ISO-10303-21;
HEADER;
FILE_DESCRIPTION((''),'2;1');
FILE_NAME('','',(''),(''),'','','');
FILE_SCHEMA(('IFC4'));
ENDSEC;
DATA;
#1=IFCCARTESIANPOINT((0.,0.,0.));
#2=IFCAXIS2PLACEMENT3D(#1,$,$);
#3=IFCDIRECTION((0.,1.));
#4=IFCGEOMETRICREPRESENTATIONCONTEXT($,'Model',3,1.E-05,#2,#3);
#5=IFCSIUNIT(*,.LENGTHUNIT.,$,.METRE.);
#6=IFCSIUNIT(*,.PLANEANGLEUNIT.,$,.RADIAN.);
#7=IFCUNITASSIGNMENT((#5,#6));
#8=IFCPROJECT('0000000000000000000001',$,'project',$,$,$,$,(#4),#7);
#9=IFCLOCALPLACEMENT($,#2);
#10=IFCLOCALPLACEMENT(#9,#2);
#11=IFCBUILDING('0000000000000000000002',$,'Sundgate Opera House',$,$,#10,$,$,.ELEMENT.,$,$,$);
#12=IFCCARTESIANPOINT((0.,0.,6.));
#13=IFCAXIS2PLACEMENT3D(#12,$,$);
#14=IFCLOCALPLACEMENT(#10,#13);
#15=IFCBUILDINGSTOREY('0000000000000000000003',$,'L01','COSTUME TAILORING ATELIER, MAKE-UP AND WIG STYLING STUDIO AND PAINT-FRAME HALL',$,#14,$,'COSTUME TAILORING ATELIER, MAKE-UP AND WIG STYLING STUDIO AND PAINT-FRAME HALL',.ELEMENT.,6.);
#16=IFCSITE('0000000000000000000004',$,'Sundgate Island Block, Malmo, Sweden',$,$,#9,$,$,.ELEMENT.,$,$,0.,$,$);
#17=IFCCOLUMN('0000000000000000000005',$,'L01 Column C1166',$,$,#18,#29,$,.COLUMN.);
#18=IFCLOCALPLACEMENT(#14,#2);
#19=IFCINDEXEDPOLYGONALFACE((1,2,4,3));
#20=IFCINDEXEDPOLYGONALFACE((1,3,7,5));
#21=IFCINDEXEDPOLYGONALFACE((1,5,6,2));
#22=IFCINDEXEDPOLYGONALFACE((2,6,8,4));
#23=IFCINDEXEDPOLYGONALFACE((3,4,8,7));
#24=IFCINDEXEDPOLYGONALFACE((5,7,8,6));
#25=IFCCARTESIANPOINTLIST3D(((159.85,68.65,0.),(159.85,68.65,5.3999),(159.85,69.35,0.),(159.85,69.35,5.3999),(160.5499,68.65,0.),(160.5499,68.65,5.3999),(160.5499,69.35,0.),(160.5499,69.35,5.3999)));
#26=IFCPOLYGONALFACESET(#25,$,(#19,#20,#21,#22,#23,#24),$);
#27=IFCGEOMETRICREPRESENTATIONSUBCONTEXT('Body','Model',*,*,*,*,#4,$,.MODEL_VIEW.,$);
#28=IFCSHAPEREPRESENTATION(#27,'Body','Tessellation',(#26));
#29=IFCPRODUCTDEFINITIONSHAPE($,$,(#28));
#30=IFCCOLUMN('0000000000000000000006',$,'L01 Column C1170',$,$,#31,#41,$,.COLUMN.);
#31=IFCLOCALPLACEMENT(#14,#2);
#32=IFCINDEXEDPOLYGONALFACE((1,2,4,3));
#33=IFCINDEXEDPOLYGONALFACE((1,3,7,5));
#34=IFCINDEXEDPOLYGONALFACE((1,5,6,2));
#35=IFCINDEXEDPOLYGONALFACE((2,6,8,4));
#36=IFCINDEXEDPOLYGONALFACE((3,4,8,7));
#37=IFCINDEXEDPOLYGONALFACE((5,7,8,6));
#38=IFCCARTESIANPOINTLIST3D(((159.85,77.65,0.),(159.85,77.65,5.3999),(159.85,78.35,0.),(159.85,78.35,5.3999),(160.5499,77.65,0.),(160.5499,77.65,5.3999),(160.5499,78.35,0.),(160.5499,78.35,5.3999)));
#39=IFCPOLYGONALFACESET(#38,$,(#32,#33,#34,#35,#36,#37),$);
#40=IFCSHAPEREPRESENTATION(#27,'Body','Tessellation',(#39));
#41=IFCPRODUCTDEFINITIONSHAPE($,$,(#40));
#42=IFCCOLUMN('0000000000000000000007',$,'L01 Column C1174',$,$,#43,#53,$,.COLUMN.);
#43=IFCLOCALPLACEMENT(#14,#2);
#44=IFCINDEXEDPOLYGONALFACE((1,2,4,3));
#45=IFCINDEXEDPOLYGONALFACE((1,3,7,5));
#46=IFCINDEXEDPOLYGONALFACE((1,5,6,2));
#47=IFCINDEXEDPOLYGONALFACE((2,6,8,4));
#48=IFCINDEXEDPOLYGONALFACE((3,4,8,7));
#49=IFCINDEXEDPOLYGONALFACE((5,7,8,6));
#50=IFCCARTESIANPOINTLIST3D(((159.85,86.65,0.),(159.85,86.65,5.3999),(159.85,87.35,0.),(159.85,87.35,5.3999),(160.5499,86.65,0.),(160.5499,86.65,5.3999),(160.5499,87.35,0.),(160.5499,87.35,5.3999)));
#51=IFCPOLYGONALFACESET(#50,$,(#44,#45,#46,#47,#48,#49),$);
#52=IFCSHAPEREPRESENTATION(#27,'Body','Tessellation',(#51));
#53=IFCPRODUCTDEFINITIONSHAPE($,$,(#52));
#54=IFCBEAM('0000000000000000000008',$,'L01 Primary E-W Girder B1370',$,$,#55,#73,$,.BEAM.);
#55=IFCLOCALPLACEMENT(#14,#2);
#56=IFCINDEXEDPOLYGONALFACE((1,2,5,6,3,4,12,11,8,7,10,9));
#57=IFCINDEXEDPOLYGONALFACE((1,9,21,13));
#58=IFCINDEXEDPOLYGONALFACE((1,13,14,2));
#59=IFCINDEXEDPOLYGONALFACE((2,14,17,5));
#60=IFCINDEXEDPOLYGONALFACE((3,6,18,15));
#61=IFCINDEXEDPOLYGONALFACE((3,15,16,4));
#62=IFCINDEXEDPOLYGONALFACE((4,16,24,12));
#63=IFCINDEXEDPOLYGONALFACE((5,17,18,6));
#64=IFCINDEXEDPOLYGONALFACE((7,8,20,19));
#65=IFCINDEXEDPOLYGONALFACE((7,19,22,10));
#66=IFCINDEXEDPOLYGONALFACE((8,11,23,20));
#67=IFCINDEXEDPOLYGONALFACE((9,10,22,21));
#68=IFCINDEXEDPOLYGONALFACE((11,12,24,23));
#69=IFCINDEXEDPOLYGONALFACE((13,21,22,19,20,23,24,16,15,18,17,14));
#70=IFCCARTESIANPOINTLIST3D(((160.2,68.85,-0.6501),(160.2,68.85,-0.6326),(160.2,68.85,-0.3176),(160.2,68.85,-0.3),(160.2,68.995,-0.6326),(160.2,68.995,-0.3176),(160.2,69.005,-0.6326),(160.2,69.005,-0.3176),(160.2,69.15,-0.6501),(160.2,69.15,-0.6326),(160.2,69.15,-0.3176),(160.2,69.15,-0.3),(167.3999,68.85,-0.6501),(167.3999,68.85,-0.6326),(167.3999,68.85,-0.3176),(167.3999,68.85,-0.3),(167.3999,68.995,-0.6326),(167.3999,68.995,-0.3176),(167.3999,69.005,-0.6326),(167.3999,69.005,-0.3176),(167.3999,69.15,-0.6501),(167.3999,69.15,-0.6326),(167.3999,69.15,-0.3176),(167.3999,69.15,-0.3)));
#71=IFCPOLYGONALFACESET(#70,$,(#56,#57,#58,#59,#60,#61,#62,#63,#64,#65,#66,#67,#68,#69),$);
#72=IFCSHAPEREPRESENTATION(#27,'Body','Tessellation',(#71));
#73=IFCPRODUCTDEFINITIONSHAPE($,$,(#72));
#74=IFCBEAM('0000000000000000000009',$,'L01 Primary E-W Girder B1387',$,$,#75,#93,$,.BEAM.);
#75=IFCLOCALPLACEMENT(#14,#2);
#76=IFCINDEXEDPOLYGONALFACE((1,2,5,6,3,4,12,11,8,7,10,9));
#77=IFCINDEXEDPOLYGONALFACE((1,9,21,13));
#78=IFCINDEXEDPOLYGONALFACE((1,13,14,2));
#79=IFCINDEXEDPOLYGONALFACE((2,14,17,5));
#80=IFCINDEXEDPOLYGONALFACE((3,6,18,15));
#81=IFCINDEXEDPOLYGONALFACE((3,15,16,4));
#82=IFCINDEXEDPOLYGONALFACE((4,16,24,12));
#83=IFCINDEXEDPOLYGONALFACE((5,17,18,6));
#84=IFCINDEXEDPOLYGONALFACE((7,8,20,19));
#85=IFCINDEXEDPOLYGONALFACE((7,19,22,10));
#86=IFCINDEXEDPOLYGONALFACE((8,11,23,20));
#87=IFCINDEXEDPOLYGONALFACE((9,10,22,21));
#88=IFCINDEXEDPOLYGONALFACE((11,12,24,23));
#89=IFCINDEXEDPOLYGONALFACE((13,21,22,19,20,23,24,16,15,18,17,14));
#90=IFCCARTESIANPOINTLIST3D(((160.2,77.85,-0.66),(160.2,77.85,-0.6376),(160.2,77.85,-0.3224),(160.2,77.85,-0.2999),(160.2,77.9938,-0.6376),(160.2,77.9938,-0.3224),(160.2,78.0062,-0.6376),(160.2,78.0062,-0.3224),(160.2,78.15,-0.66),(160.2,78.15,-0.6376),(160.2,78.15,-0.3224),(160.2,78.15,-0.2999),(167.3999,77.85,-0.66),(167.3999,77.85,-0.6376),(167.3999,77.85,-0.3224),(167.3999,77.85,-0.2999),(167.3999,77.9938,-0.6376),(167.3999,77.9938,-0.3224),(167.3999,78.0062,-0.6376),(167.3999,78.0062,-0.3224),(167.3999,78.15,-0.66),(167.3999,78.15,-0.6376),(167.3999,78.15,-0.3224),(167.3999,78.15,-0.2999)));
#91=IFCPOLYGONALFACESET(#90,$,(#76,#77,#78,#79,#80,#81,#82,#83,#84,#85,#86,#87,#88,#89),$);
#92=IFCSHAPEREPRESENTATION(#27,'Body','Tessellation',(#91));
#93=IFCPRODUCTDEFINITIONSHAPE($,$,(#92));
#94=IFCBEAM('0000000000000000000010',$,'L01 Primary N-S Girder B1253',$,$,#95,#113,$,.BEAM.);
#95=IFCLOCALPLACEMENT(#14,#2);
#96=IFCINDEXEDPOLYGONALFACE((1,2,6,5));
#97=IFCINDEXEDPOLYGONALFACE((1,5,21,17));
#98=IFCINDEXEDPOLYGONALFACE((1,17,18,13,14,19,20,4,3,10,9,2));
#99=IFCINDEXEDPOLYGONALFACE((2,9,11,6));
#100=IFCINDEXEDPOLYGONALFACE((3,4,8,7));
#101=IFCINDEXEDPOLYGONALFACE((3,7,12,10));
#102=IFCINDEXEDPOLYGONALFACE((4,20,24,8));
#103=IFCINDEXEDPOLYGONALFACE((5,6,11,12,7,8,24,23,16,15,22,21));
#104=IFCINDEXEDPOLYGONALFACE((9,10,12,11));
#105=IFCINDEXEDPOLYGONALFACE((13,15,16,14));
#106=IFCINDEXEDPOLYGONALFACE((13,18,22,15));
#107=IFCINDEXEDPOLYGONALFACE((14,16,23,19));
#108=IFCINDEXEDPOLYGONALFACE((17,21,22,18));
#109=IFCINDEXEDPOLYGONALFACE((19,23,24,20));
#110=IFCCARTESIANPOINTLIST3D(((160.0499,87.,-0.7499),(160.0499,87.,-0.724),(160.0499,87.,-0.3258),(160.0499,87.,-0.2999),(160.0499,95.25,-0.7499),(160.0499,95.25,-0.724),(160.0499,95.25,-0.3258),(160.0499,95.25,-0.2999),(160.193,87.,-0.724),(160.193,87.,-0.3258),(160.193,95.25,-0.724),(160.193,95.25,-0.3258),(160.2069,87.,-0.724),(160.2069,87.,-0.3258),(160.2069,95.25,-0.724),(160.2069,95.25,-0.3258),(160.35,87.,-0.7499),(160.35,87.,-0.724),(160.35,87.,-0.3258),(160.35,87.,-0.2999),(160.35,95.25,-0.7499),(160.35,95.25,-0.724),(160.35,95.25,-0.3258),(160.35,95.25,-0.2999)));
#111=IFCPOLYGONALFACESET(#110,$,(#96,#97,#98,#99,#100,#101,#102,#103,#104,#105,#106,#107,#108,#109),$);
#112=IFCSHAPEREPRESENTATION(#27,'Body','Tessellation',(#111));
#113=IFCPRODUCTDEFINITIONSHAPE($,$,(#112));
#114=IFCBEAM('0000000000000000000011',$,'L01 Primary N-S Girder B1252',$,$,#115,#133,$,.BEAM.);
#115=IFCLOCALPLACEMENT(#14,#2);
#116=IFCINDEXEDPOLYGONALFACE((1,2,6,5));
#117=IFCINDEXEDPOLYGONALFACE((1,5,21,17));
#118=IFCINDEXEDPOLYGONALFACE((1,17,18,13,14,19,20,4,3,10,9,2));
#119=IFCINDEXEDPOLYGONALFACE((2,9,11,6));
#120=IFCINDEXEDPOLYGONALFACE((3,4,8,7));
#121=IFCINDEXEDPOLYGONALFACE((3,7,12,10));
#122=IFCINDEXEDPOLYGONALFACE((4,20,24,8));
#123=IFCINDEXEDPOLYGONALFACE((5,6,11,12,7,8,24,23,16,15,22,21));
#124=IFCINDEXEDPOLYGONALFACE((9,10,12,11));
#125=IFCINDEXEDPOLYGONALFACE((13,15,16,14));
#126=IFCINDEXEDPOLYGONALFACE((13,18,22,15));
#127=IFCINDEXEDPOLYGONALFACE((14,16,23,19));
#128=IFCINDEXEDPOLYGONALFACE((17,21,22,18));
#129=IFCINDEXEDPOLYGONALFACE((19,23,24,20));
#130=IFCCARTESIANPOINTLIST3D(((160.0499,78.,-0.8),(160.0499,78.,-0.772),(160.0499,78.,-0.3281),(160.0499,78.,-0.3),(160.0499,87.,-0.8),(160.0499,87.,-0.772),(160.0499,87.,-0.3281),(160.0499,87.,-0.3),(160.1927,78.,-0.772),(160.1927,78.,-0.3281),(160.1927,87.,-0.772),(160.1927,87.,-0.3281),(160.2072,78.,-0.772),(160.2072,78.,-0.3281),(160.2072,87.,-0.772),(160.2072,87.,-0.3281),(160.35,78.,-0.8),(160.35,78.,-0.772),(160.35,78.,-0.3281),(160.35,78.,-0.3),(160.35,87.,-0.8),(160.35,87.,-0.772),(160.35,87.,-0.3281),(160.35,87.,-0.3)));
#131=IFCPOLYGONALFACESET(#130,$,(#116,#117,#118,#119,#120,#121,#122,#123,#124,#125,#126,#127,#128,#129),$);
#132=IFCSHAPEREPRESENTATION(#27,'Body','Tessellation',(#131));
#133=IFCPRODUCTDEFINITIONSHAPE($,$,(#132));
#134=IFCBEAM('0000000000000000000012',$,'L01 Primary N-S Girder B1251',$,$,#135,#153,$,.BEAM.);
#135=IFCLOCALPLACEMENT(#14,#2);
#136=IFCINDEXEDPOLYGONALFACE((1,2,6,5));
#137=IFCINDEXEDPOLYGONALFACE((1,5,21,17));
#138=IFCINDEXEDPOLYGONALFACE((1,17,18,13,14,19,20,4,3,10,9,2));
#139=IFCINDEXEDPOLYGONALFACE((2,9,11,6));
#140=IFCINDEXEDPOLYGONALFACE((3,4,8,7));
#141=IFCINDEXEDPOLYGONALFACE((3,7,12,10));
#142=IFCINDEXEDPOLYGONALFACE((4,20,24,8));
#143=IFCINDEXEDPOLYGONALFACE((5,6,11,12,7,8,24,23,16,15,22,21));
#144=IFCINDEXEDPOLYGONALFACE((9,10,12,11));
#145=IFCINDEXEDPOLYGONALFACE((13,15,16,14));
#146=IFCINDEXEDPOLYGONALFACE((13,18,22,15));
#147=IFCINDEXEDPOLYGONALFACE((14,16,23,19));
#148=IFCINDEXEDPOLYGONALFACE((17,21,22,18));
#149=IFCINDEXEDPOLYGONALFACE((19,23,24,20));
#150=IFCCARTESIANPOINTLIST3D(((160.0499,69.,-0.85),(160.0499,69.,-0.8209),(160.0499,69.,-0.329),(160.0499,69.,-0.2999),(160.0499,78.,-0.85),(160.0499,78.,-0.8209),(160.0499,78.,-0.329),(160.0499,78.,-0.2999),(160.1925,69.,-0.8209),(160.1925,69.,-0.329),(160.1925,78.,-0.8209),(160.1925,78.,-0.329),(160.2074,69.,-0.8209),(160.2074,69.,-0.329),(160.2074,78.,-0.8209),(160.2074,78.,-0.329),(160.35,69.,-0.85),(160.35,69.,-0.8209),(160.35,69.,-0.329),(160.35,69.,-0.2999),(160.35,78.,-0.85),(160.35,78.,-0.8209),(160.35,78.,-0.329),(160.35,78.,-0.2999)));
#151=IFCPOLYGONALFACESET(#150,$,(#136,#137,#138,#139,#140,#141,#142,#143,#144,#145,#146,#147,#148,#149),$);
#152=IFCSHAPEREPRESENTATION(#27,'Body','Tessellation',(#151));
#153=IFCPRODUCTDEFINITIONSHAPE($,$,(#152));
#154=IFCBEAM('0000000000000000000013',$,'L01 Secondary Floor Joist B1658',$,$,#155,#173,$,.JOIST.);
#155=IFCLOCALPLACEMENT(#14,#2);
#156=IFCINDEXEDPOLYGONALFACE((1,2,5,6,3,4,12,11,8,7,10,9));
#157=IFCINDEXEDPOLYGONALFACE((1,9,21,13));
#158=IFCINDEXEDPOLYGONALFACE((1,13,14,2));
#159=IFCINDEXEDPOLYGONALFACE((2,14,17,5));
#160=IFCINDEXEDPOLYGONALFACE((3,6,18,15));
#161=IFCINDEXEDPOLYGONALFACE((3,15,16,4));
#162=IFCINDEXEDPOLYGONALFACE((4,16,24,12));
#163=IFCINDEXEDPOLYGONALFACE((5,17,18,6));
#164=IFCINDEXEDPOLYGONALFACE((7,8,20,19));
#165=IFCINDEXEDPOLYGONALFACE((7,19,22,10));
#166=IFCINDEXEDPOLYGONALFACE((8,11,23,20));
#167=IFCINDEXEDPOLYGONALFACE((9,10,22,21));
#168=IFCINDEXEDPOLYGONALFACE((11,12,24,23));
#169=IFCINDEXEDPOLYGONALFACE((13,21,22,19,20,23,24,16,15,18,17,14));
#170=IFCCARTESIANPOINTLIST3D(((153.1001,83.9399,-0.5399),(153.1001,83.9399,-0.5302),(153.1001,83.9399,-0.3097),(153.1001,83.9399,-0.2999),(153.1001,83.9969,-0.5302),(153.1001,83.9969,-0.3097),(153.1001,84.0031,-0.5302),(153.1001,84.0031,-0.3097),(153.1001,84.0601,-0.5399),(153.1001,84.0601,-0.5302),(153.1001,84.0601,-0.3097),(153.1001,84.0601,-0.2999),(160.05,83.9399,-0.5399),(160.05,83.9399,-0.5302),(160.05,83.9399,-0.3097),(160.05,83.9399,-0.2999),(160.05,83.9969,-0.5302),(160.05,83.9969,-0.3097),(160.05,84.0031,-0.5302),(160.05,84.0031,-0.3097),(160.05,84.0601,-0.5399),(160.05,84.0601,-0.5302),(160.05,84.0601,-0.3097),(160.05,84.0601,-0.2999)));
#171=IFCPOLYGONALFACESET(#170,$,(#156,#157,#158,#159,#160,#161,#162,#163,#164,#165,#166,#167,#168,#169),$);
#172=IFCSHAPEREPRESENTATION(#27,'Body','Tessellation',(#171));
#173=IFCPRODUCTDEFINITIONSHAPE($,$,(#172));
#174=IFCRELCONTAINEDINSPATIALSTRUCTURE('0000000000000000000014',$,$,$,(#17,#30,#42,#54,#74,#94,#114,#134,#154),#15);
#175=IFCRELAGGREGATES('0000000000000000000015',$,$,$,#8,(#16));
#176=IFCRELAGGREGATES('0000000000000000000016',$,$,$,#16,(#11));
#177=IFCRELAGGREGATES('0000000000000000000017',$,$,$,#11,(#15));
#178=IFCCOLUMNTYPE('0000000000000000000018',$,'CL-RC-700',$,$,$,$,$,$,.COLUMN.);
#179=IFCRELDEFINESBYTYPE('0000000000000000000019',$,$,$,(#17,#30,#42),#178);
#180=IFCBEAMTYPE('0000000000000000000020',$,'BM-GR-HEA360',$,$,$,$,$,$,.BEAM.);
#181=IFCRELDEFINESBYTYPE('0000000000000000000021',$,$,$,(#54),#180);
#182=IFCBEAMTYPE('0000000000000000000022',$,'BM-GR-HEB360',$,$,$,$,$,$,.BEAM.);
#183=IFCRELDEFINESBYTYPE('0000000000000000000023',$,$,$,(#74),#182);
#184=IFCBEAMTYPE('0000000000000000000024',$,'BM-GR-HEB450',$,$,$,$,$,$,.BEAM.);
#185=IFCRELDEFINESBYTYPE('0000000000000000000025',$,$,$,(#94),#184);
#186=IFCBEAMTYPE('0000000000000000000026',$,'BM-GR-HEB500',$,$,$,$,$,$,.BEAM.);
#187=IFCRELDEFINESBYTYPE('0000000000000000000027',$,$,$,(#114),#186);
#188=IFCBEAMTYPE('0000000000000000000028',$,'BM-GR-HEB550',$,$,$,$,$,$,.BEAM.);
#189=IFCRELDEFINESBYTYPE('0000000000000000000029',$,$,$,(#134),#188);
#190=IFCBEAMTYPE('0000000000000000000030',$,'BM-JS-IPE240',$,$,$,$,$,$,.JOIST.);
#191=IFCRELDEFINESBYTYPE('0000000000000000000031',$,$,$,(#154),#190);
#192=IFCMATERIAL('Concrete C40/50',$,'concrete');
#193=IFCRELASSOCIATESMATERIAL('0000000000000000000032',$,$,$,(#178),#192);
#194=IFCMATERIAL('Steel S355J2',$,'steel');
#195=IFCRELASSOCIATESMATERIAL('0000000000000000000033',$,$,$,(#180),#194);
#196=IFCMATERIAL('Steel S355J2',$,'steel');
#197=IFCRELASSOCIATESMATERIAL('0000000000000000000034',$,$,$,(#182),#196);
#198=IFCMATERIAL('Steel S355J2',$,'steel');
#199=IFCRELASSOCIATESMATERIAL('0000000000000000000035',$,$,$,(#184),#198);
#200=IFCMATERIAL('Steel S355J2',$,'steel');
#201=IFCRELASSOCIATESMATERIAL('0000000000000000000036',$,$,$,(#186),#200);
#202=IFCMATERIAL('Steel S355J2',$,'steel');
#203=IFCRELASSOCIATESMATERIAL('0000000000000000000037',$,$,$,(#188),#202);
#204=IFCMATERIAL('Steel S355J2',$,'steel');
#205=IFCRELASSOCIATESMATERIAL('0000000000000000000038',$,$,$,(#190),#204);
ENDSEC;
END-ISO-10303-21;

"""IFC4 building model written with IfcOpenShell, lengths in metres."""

from ifc_helpers import new_model, si_unit, direction, frame, origin, origin_2d, place, context, subcontext, project, spatial, rectangle, i_section, extrude, material, material_profile, profile_set, type_object, element, save


model = new_model("IFC4")

# Units and contexts
model_context = context("Model", 3, precision=1e-05, world=origin(), true_north=direction((0.0, 1.0)))
body_context = subcontext(model_context, "Body", "Model", "MODEL_VIEW")
ifc_project = project(units=[si_unit("LENGTHUNIT", "METRE"), si_unit("PLANEANGLEUNIT", "RADIAN")], contexts=[model_context])

# Site, building, storey
site_placement = place(None, origin())
site = spatial("IfcSite", under=ifc_project, at=site_placement, Name="Sundgate Island Block, Malmo, Sweden", CompositionType="ELEMENT", RefElevation=0.0)
building_placement = place(site_placement, origin())
building = spatial("IfcBuilding", under=site, at=building_placement, Name="Sundgate Opera House", CompositionType="ELEMENT")
storey_placement = place(building_placement, frame((0.0, 0.0, 6.0)))
storey = spatial("IfcBuildingStorey", under=building, at=storey_placement, Name="L01", Description="COSTUME TAILORING ATELIER, MAKE-UP AND WIG STYLING STUDIO AND PAINT-FRAME HALL", LongName="COSTUME TAILORING ATELIER, MAKE-UP AND WIG STYLING STUDIO AND PAINT-FRAME HALL", CompositionType="ELEMENT", Elevation=6.0)

# Columns
ifc_material_1 = material(Name="Concrete C40/50", Category="concrete")
ifc_material_profile_1 = material_profile(ifc_material_1, rectangle(XDim=0.7, YDim=0.7, at=origin_2d()), Name="RC 700x700")
ifc_profile_set_1 = profile_set([ifc_material_profile_1], Name="Concrete C40/50")
column_type = type_object("IfcColumnType", Name="CL-RC-700", PredefinedType="COLUMN", material=ifc_profile_set_1)
for number, where, z_axis, x_axis, name in (
    (1, (160.2, 69.0, 0.0), (0.0, 0.0, 1.0), (1.0, 0.0, 0.0), "L01 Column C1166"),
    (2, (160.2, 78.0, 0.0), (0.0, 0.0, 1.0), (1.0, 0.0, 0.0), "L01 Column C1170"),
    (3, (160.2, 87.0, 0.0), (0.0, 0.0, 1.0), (1.0, 0.0, 0.0), "L01 Column C1174"),
):
    element("IfcColumn", number, at=place(storey_placement, frame(where, z_axis=z_axis, x_axis=x_axis)), inside=storey, type_object=column_type, Name=name, PredefinedType="COLUMN", context=body_context, shape_type="SweptSolid", body=[
        extrude(rectangle(XDim=0.7, YDim=0.7, at=origin_2d()), origin(), (0.0, 0.0, 1.0), 5.3999),
    ])

# Beams
ifc_material_2 = material(Name="Steel S355J2", Category="steel")
ifc_material_profile_2 = material_profile(ifc_material_2, i_section(OverallWidth=0.3, OverallDepth=0.3501, WebThickness=0.01, FlangeThickness=0.0176, at=origin_2d()), Name="HEA 360")
ifc_profile_set_2 = profile_set([ifc_material_profile_2], Name="Steel S355J2")
beam_type_1 = type_object("IfcBeamType", Name="BM-GR-HEA360", PredefinedType="BEAM", material=ifc_profile_set_2)
beam_1_placement = place(storey_placement, frame((160.2, 69.0, -0.4751), z_axis=(1.0, 0.0, 0.0), x_axis=(0.0, 1.0, 0.0)))
element("IfcBeam", 4, at=beam_1_placement, inside=storey, type_object=beam_type_1, Name="L01 Primary E-W Girder B1370", PredefinedType="BEAM", context=body_context, shape_type="SweptSolid", body=[
    extrude(i_section(OverallWidth=0.3, OverallDepth=0.3501, WebThickness=0.01, FlangeThickness=0.0176, at=origin_2d()), origin(), (0.0, 0.0, 1.0), 7.2),
])
ifc_material_3 = material(Name="Steel S355J2", Category="steel")
ifc_material_profile_3 = material_profile(ifc_material_3, i_section(OverallWidth=0.3, OverallDepth=0.3601, WebThickness=0.0125, FlangeThickness=0.0225, at=origin_2d()), Name="HEB 360")
ifc_profile_set_3 = profile_set([ifc_material_profile_3], Name="Steel S355J2")
beam_type_2 = type_object("IfcBeamType", Name="BM-GR-HEB360", PredefinedType="BEAM", material=ifc_profile_set_3)
beam_2_placement = place(storey_placement, frame((160.2, 78.0, -0.48), z_axis=(1.0, 0.0, 0.0), x_axis=(0.0, 1.0, 0.0)))
element("IfcBeam", 5, at=beam_2_placement, inside=storey, type_object=beam_type_2, Name="L01 Primary E-W Girder B1387", PredefinedType="BEAM", context=body_context, shape_type="SweptSolid", body=[
    extrude(i_section(OverallWidth=0.3, OverallDepth=0.3601, WebThickness=0.0125, FlangeThickness=0.0225, at=origin_2d()), origin(), (0.0, 0.0, 1.0), 7.2),
])
ifc_material_4 = material(Name="Steel S355J2", Category="steel")
ifc_material_profile_4 = material_profile(ifc_material_4, i_section(OverallWidth=0.3, OverallDepth=0.45, WebThickness=0.0139, FlangeThickness=0.0259, at=origin_2d()), Name="HEB 450")
ifc_profile_set_4 = profile_set([ifc_material_profile_4], Name="Steel S355J2")
beam_type_3 = type_object("IfcBeamType", Name="BM-GR-HEB450", PredefinedType="BEAM", material=ifc_profile_set_4)
beam_3_placement = place(storey_placement, frame((160.2, 87.0, -0.5249), z_axis=(0.0, 1.0, 0.0), x_axis=(-1.0, 0.0, 0.0)))
element("IfcBeam", 6, at=beam_3_placement, inside=storey, type_object=beam_type_3, Name="L01 Primary N-S Girder B1253", PredefinedType="BEAM", context=body_context, shape_type="SweptSolid", body=[
    extrude(i_section(OverallWidth=0.3, OverallDepth=0.45, WebThickness=0.0139, FlangeThickness=0.0259, at=origin_2d()), origin(), (0.0, 0.0, 1.0), 8.25),
])
ifc_material_5 = material(Name="Steel S355J2", Category="steel")
ifc_material_profile_5 = material_profile(ifc_material_5, i_section(OverallWidth=0.3, OverallDepth=0.5, WebThickness=0.0144, FlangeThickness=0.0281, at=origin_2d()), Name="HEB 500")
ifc_profile_set_5 = profile_set([ifc_material_profile_5], Name="Steel S355J2")
beam_type_4 = type_object("IfcBeamType", Name="BM-GR-HEB500", PredefinedType="BEAM", material=ifc_profile_set_5)
beam_4_placement = place(storey_placement, frame((160.2, 78.0, -0.55), z_axis=(0.0, 1.0, 0.0), x_axis=(-1.0, 0.0, 0.0)))
element("IfcBeam", 7, at=beam_4_placement, inside=storey, type_object=beam_type_4, Name="L01 Primary N-S Girder B1252", PredefinedType="BEAM", context=body_context, shape_type="SweptSolid", body=[
    extrude(i_section(OverallWidth=0.3, OverallDepth=0.5, WebThickness=0.0144, FlangeThickness=0.0281, at=origin_2d()), origin(), (0.0, 0.0, 1.0), 9.0),
])
ifc_material_6 = material(Name="Steel S355J2", Category="steel")
ifc_material_profile_6 = material_profile(ifc_material_6, i_section(OverallWidth=0.3, OverallDepth=0.55, WebThickness=0.0149, FlangeThickness=0.0291, at=origin_2d()), Name="HEB 550")
ifc_profile_set_6 = profile_set([ifc_material_profile_6], Name="Steel S355J2")
beam_type_5 = type_object("IfcBeamType", Name="BM-GR-HEB550", PredefinedType="BEAM", material=ifc_profile_set_6)
beam_5_placement = place(storey_placement, frame((160.2, 69.0, -0.575), z_axis=(0.0, 1.0, 0.0), x_axis=(-1.0, 0.0, 0.0)))
element("IfcBeam", 8, at=beam_5_placement, inside=storey, type_object=beam_type_5, Name="L01 Primary N-S Girder B1251", PredefinedType="BEAM", context=body_context, shape_type="SweptSolid", body=[
    extrude(i_section(OverallWidth=0.3, OverallDepth=0.55, WebThickness=0.0149, FlangeThickness=0.0291, at=origin_2d()), origin(), (0.0, 0.0, 1.0), 9.0),
])
ifc_material_7 = material(Name="Steel S355J2", Category="steel")
ifc_material_profile_7 = material_profile(ifc_material_7, i_section(OverallWidth=0.1201, OverallDepth=0.24, WebThickness=0.0061, FlangeThickness=0.0098, at=origin_2d()), Name="IPE 240")
ifc_profile_set_7 = profile_set([ifc_material_profile_7], Name="Steel S355J2")
beam_type_6 = type_object("IfcBeamType", Name="BM-JS-IPE240", PredefinedType="JOIST", material=ifc_profile_set_7)
beam_6_placement = place(storey_placement, frame((153.1001, 84.0, -0.4199), z_axis=(1.0, 0.0, 0.0), x_axis=(0.0, 1.0, 0.0)))
element("IfcBeam", 9, at=beam_6_placement, inside=storey, type_object=beam_type_6, Name="L01 Secondary Floor Joist B1658", PredefinedType="JOIST", context=body_context, shape_type="SweptSolid", body=[
    extrude(i_section(OverallWidth=0.1201, OverallDepth=0.24, WebThickness=0.0061, FlangeThickness=0.0098, at=origin_2d()), origin(), (0.0, 0.0, 1.0), 6.95),
])

save(model, "model.ifc")
